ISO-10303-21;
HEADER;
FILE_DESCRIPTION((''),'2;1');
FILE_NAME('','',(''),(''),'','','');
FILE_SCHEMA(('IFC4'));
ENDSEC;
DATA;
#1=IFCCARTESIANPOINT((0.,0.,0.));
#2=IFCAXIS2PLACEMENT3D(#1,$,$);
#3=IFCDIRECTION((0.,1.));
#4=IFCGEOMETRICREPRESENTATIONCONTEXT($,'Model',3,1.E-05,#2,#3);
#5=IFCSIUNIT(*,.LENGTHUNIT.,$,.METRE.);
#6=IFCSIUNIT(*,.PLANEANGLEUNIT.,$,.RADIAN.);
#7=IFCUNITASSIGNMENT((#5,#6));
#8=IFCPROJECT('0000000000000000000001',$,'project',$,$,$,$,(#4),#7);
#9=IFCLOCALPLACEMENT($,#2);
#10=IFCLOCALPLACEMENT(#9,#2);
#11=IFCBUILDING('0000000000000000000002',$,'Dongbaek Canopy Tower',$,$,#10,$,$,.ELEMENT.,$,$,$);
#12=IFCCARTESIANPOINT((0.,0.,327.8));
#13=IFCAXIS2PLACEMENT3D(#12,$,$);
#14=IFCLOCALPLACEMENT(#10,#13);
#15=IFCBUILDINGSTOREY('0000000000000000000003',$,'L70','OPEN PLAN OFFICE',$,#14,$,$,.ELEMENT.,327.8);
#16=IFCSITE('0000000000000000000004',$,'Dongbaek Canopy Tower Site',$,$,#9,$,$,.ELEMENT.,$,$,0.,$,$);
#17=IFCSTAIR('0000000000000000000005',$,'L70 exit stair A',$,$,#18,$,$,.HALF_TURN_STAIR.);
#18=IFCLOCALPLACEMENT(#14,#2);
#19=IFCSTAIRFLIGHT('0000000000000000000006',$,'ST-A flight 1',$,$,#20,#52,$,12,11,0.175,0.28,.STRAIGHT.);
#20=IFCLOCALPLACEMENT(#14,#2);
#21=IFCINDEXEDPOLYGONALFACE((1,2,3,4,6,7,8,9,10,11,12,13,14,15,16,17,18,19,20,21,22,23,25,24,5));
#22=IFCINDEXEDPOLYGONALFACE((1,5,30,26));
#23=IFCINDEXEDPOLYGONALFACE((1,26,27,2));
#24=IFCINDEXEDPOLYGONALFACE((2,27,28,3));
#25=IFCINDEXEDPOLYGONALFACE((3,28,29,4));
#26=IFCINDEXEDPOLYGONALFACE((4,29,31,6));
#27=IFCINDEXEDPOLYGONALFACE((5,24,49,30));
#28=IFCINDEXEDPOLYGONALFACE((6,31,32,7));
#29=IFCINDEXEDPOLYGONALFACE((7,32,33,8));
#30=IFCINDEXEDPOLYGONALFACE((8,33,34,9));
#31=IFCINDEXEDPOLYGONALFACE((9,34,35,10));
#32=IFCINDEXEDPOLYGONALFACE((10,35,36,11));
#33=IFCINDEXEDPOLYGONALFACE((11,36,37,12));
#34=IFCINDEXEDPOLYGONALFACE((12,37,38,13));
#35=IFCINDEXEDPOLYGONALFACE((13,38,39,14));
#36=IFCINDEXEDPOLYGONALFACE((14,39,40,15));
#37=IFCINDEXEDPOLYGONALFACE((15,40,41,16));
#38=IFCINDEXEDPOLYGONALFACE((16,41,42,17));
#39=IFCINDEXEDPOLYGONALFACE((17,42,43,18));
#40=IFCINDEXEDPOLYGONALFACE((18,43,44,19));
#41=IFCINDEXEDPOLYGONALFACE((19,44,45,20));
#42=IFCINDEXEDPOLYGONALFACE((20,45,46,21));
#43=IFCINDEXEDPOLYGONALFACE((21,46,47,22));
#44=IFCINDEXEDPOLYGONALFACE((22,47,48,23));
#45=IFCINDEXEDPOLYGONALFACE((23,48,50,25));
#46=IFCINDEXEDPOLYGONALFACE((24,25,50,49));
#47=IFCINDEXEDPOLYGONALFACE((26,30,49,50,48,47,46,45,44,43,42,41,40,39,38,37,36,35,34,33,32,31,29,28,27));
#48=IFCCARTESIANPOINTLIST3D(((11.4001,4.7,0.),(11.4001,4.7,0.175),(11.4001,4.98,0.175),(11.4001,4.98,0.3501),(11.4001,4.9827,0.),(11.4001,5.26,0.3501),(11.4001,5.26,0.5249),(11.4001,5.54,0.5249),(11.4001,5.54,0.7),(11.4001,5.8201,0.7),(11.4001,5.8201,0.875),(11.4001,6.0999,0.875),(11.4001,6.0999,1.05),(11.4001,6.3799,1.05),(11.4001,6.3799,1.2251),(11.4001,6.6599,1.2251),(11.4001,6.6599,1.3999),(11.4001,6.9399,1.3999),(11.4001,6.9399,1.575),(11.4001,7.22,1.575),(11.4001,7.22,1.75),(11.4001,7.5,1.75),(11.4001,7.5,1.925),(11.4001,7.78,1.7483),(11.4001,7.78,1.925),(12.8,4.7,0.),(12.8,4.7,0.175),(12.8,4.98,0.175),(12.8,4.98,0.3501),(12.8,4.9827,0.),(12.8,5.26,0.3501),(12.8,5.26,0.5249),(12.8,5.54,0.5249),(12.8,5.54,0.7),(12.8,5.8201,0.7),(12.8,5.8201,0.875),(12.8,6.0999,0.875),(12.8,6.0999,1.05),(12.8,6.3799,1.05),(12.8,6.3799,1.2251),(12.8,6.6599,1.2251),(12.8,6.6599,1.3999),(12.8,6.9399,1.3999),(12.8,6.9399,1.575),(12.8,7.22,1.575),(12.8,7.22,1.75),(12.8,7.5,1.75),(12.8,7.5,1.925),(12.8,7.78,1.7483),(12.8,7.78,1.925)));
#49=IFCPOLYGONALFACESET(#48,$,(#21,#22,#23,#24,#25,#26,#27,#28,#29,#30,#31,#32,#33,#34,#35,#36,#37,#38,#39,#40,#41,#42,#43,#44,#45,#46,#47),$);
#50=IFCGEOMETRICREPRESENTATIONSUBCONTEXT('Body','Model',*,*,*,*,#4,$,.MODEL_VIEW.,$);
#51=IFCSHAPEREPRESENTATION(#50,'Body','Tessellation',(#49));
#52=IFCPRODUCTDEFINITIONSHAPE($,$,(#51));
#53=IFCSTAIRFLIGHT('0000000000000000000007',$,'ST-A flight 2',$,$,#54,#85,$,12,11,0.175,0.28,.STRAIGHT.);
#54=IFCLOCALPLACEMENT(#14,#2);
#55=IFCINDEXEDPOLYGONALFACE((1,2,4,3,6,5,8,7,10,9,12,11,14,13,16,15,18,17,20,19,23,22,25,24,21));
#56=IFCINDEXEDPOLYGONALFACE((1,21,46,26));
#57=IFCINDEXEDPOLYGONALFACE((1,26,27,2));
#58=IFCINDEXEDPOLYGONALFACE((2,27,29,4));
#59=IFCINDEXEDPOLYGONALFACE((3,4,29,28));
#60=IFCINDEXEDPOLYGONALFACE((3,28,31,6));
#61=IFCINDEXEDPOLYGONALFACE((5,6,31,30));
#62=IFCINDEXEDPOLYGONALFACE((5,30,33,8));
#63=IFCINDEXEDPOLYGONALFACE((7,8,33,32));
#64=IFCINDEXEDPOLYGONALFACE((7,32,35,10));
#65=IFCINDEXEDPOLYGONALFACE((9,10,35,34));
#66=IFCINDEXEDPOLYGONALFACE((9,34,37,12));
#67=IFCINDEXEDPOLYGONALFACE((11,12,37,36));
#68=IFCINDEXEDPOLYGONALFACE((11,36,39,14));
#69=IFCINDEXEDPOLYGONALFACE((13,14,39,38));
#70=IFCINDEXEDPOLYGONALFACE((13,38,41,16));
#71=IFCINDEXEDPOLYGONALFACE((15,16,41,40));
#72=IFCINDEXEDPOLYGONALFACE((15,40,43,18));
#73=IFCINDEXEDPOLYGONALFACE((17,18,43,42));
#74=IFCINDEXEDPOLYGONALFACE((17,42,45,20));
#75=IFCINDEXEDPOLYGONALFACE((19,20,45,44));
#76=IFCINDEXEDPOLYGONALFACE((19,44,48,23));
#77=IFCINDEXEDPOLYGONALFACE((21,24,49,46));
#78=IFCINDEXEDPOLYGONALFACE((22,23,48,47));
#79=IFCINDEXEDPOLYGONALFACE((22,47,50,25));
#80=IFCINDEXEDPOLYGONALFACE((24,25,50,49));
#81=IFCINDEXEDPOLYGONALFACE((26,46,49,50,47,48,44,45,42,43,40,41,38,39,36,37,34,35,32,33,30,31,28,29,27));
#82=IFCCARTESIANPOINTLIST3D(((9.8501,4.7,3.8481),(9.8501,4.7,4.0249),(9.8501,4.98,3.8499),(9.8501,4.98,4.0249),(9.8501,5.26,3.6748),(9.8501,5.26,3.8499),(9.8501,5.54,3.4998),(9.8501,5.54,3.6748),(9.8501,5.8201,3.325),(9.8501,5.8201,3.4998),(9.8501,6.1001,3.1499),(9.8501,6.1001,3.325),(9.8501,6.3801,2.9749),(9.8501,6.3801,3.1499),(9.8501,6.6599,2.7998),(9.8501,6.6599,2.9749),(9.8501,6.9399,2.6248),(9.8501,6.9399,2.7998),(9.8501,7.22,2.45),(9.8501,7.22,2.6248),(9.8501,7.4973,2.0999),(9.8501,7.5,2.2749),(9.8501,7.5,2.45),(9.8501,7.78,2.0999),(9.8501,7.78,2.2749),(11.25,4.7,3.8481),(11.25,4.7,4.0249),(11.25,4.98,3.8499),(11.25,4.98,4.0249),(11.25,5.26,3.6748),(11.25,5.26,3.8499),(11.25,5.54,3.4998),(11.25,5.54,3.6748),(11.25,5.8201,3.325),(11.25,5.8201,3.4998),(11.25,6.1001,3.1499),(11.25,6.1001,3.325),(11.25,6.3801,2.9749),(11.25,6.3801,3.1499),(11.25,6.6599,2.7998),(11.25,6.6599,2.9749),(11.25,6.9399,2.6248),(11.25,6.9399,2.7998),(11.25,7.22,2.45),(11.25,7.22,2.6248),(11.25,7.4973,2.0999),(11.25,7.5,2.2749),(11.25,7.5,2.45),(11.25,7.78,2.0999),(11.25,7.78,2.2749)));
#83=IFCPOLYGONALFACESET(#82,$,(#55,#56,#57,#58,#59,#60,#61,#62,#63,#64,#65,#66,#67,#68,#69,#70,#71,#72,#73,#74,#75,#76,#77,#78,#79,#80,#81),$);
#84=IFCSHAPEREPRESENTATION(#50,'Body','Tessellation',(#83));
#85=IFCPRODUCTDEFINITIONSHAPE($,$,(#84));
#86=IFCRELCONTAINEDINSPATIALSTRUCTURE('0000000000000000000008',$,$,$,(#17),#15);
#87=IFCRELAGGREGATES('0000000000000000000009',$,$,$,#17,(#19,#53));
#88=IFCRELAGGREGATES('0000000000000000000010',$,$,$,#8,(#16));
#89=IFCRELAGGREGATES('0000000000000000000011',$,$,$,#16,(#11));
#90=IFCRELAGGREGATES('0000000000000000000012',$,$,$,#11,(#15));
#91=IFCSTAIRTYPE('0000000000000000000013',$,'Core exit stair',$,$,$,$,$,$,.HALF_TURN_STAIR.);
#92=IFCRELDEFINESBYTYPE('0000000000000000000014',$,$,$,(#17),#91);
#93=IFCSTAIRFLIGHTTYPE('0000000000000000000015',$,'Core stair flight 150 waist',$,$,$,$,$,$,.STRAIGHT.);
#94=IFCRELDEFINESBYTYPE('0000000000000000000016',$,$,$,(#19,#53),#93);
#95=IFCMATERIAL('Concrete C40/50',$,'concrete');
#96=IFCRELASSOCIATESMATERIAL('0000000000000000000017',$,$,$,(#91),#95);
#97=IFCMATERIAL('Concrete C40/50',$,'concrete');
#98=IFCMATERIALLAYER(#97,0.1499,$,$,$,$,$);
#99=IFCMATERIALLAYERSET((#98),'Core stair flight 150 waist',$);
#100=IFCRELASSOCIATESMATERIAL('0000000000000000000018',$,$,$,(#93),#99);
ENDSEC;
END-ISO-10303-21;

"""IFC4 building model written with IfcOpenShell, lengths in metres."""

from ifc_helpers import new_model, si_unit, direction, frame, origin, place, context, subcontext, project, spatial, polyline, outline, extrude, material, layer, layer_set, type_object, element, aggregate, save


model = new_model("IFC4")

# Units and contexts
model_context = context("Model", 3, precision=1e-05, world=origin(), true_north=direction((0.0, 1.0)))
body_context = subcontext(model_context, "Body", "Model", "MODEL_VIEW")
ifc_project = project(units=[si_unit("LENGTHUNIT", "METRE"), si_unit("PLANEANGLEUNIT", "RADIAN")], contexts=[model_context])

# Site, building, storey
site_placement = place(None, origin())
site = spatial("IfcSite", under=ifc_project, at=site_placement, Name="Dongbaek Canopy Tower Site", CompositionType="ELEMENT", RefElevation=0.0)
building_placement = place(site_placement, origin())
building = spatial("IfcBuilding", under=site, at=building_placement, Name="Dongbaek Canopy Tower", CompositionType="ELEMENT")
storey_placement = place(building_placement, frame((0.0, 0.0, 327.8)))
storey = spatial("IfcBuildingStorey", under=building, at=storey_placement, Name="L70", Description="OPEN PLAN OFFICE", CompositionType="ELEMENT", Elevation=327.8)

# Shared definitions
ifc_material_1 = material(Name="Concrete C40/50", Category="concrete")
stair_type = type_object("IfcStairType", Name="Core exit stair", PredefinedType="HALF_TURN_STAIR", material=ifc_material_1)

# Stair, stair flights
stair_1_placement = place(storey_placement, origin())
stair_1 = element("IfcStair", 1, at=stair_1_placement, inside=storey, type_object=stair_type, Name="L70 exit stair A", PredefinedType="HALF_TURN_STAIR")
ifc_material_2 = material(Name="Concrete C40/50", Category="concrete")
ifc_layer_1 = layer(ifc_material_2, 0.1499)
ifc_layer_set_1 = layer_set([ifc_layer_1], Name="Core stair flight 150 waist")
stair_flight_type = type_object("IfcStairFlightType", Name="Core stair flight 150 waist", PredefinedType="STRAIGHT", material=ifc_layer_set_1)
stair_flight_1_placement = place(storey_placement, frame((12.1001, 4.7, 0.0), z_axis=(0.0, 0.0, 1.0), x_axis=(0.0, 1.0, 0.0)))
stair_flight_1 = element("IfcStairFlight", 2, at=stair_flight_1_placement, type_object=stair_flight_type, Name="ST-A flight 1", NumberOfRisers=12, NumberOfTreads=11, PredefinedType="STRAIGHT", RiserHeight=0.175, TreadLength=0.28, context=body_context, shape_type="SweptSolid", body=[
    extrude(outline(polyline([(0.0, 0.0), (0.0, 0.175), (0.28, 0.175), (0.28, 0.3501), (0.5601, 0.3501), (0.5601, 0.5249), (0.8401, 0.5249), (0.8401, 0.7), (1.1201, 0.7), (1.1201, 0.875), (1.3999, 0.875), (1.3999, 1.05), (1.6799, 1.05), (1.6799, 1.2251), (1.96, 1.2251), (1.96, 1.3999), (2.24, 1.3999), (2.24, 1.575), (2.52, 1.575), (2.52, 1.75), (2.8, 1.75), (2.8, 1.925), (3.0801, 1.925), (3.0801, 2.1001), (3.0801, 1.7483), (0.2827, 0.0), (0.0, 0.0)])), frame((0.0, 0.7, 0.0), z_axis=(0.0, -1.0, 0.0), x_axis=(1.0, 0.0, 0.0)), (0.0, 0.0, 1.0), 1.3999),
])
stair_flight_2_placement = place(storey_placement, frame((10.55, 7.78, 2.0999), z_axis=(0.0, 0.0, 1.0), x_axis=(0.0, -1.0, 0.0)))
stair_flight_2 = element("IfcStairFlight", 3, at=stair_flight_2_placement, type_object=stair_flight_type, Name="ST-A flight 2", NumberOfRisers=12, NumberOfTreads=11, PredefinedType="STRAIGHT", RiserHeight=0.175, TreadLength=0.28, context=body_context, shape_type="SweptSolid", body=[
    extrude(outline(polyline([(0.0, 0.0), (0.0, 0.175), (0.28, 0.175), (0.28, 0.3501), (0.5601, 0.3501), (0.5601, 0.5249), (0.8401, 0.5249), (0.8401, 0.7), (1.1201, 0.7), (1.1201, 0.875), (1.3999, 0.875), (1.3999, 1.05), (1.6799, 1.05), (1.6799, 1.2251), (1.96, 1.2251), (1.96, 1.3999), (2.24, 1.3999), (2.24, 1.575), (2.52, 1.575), (2.52, 1.75), (2.8, 1.75), (2.8, 1.925), (3.0801, 1.925), (3.0801, 2.1001), (3.0801, 1.7483), (0.2827, 0.0), (0.0, 0.0)])), frame((0.0, 0.7, 0.0), z_axis=(0.0, -1.0, 0.0), x_axis=(1.0, 0.0, 0.0)), (0.0, 0.0, 1.0), 1.3999),
])
aggregate(stair_1, [stair_flight_1, stair_flight_2])

save(model, "model.ifc")
